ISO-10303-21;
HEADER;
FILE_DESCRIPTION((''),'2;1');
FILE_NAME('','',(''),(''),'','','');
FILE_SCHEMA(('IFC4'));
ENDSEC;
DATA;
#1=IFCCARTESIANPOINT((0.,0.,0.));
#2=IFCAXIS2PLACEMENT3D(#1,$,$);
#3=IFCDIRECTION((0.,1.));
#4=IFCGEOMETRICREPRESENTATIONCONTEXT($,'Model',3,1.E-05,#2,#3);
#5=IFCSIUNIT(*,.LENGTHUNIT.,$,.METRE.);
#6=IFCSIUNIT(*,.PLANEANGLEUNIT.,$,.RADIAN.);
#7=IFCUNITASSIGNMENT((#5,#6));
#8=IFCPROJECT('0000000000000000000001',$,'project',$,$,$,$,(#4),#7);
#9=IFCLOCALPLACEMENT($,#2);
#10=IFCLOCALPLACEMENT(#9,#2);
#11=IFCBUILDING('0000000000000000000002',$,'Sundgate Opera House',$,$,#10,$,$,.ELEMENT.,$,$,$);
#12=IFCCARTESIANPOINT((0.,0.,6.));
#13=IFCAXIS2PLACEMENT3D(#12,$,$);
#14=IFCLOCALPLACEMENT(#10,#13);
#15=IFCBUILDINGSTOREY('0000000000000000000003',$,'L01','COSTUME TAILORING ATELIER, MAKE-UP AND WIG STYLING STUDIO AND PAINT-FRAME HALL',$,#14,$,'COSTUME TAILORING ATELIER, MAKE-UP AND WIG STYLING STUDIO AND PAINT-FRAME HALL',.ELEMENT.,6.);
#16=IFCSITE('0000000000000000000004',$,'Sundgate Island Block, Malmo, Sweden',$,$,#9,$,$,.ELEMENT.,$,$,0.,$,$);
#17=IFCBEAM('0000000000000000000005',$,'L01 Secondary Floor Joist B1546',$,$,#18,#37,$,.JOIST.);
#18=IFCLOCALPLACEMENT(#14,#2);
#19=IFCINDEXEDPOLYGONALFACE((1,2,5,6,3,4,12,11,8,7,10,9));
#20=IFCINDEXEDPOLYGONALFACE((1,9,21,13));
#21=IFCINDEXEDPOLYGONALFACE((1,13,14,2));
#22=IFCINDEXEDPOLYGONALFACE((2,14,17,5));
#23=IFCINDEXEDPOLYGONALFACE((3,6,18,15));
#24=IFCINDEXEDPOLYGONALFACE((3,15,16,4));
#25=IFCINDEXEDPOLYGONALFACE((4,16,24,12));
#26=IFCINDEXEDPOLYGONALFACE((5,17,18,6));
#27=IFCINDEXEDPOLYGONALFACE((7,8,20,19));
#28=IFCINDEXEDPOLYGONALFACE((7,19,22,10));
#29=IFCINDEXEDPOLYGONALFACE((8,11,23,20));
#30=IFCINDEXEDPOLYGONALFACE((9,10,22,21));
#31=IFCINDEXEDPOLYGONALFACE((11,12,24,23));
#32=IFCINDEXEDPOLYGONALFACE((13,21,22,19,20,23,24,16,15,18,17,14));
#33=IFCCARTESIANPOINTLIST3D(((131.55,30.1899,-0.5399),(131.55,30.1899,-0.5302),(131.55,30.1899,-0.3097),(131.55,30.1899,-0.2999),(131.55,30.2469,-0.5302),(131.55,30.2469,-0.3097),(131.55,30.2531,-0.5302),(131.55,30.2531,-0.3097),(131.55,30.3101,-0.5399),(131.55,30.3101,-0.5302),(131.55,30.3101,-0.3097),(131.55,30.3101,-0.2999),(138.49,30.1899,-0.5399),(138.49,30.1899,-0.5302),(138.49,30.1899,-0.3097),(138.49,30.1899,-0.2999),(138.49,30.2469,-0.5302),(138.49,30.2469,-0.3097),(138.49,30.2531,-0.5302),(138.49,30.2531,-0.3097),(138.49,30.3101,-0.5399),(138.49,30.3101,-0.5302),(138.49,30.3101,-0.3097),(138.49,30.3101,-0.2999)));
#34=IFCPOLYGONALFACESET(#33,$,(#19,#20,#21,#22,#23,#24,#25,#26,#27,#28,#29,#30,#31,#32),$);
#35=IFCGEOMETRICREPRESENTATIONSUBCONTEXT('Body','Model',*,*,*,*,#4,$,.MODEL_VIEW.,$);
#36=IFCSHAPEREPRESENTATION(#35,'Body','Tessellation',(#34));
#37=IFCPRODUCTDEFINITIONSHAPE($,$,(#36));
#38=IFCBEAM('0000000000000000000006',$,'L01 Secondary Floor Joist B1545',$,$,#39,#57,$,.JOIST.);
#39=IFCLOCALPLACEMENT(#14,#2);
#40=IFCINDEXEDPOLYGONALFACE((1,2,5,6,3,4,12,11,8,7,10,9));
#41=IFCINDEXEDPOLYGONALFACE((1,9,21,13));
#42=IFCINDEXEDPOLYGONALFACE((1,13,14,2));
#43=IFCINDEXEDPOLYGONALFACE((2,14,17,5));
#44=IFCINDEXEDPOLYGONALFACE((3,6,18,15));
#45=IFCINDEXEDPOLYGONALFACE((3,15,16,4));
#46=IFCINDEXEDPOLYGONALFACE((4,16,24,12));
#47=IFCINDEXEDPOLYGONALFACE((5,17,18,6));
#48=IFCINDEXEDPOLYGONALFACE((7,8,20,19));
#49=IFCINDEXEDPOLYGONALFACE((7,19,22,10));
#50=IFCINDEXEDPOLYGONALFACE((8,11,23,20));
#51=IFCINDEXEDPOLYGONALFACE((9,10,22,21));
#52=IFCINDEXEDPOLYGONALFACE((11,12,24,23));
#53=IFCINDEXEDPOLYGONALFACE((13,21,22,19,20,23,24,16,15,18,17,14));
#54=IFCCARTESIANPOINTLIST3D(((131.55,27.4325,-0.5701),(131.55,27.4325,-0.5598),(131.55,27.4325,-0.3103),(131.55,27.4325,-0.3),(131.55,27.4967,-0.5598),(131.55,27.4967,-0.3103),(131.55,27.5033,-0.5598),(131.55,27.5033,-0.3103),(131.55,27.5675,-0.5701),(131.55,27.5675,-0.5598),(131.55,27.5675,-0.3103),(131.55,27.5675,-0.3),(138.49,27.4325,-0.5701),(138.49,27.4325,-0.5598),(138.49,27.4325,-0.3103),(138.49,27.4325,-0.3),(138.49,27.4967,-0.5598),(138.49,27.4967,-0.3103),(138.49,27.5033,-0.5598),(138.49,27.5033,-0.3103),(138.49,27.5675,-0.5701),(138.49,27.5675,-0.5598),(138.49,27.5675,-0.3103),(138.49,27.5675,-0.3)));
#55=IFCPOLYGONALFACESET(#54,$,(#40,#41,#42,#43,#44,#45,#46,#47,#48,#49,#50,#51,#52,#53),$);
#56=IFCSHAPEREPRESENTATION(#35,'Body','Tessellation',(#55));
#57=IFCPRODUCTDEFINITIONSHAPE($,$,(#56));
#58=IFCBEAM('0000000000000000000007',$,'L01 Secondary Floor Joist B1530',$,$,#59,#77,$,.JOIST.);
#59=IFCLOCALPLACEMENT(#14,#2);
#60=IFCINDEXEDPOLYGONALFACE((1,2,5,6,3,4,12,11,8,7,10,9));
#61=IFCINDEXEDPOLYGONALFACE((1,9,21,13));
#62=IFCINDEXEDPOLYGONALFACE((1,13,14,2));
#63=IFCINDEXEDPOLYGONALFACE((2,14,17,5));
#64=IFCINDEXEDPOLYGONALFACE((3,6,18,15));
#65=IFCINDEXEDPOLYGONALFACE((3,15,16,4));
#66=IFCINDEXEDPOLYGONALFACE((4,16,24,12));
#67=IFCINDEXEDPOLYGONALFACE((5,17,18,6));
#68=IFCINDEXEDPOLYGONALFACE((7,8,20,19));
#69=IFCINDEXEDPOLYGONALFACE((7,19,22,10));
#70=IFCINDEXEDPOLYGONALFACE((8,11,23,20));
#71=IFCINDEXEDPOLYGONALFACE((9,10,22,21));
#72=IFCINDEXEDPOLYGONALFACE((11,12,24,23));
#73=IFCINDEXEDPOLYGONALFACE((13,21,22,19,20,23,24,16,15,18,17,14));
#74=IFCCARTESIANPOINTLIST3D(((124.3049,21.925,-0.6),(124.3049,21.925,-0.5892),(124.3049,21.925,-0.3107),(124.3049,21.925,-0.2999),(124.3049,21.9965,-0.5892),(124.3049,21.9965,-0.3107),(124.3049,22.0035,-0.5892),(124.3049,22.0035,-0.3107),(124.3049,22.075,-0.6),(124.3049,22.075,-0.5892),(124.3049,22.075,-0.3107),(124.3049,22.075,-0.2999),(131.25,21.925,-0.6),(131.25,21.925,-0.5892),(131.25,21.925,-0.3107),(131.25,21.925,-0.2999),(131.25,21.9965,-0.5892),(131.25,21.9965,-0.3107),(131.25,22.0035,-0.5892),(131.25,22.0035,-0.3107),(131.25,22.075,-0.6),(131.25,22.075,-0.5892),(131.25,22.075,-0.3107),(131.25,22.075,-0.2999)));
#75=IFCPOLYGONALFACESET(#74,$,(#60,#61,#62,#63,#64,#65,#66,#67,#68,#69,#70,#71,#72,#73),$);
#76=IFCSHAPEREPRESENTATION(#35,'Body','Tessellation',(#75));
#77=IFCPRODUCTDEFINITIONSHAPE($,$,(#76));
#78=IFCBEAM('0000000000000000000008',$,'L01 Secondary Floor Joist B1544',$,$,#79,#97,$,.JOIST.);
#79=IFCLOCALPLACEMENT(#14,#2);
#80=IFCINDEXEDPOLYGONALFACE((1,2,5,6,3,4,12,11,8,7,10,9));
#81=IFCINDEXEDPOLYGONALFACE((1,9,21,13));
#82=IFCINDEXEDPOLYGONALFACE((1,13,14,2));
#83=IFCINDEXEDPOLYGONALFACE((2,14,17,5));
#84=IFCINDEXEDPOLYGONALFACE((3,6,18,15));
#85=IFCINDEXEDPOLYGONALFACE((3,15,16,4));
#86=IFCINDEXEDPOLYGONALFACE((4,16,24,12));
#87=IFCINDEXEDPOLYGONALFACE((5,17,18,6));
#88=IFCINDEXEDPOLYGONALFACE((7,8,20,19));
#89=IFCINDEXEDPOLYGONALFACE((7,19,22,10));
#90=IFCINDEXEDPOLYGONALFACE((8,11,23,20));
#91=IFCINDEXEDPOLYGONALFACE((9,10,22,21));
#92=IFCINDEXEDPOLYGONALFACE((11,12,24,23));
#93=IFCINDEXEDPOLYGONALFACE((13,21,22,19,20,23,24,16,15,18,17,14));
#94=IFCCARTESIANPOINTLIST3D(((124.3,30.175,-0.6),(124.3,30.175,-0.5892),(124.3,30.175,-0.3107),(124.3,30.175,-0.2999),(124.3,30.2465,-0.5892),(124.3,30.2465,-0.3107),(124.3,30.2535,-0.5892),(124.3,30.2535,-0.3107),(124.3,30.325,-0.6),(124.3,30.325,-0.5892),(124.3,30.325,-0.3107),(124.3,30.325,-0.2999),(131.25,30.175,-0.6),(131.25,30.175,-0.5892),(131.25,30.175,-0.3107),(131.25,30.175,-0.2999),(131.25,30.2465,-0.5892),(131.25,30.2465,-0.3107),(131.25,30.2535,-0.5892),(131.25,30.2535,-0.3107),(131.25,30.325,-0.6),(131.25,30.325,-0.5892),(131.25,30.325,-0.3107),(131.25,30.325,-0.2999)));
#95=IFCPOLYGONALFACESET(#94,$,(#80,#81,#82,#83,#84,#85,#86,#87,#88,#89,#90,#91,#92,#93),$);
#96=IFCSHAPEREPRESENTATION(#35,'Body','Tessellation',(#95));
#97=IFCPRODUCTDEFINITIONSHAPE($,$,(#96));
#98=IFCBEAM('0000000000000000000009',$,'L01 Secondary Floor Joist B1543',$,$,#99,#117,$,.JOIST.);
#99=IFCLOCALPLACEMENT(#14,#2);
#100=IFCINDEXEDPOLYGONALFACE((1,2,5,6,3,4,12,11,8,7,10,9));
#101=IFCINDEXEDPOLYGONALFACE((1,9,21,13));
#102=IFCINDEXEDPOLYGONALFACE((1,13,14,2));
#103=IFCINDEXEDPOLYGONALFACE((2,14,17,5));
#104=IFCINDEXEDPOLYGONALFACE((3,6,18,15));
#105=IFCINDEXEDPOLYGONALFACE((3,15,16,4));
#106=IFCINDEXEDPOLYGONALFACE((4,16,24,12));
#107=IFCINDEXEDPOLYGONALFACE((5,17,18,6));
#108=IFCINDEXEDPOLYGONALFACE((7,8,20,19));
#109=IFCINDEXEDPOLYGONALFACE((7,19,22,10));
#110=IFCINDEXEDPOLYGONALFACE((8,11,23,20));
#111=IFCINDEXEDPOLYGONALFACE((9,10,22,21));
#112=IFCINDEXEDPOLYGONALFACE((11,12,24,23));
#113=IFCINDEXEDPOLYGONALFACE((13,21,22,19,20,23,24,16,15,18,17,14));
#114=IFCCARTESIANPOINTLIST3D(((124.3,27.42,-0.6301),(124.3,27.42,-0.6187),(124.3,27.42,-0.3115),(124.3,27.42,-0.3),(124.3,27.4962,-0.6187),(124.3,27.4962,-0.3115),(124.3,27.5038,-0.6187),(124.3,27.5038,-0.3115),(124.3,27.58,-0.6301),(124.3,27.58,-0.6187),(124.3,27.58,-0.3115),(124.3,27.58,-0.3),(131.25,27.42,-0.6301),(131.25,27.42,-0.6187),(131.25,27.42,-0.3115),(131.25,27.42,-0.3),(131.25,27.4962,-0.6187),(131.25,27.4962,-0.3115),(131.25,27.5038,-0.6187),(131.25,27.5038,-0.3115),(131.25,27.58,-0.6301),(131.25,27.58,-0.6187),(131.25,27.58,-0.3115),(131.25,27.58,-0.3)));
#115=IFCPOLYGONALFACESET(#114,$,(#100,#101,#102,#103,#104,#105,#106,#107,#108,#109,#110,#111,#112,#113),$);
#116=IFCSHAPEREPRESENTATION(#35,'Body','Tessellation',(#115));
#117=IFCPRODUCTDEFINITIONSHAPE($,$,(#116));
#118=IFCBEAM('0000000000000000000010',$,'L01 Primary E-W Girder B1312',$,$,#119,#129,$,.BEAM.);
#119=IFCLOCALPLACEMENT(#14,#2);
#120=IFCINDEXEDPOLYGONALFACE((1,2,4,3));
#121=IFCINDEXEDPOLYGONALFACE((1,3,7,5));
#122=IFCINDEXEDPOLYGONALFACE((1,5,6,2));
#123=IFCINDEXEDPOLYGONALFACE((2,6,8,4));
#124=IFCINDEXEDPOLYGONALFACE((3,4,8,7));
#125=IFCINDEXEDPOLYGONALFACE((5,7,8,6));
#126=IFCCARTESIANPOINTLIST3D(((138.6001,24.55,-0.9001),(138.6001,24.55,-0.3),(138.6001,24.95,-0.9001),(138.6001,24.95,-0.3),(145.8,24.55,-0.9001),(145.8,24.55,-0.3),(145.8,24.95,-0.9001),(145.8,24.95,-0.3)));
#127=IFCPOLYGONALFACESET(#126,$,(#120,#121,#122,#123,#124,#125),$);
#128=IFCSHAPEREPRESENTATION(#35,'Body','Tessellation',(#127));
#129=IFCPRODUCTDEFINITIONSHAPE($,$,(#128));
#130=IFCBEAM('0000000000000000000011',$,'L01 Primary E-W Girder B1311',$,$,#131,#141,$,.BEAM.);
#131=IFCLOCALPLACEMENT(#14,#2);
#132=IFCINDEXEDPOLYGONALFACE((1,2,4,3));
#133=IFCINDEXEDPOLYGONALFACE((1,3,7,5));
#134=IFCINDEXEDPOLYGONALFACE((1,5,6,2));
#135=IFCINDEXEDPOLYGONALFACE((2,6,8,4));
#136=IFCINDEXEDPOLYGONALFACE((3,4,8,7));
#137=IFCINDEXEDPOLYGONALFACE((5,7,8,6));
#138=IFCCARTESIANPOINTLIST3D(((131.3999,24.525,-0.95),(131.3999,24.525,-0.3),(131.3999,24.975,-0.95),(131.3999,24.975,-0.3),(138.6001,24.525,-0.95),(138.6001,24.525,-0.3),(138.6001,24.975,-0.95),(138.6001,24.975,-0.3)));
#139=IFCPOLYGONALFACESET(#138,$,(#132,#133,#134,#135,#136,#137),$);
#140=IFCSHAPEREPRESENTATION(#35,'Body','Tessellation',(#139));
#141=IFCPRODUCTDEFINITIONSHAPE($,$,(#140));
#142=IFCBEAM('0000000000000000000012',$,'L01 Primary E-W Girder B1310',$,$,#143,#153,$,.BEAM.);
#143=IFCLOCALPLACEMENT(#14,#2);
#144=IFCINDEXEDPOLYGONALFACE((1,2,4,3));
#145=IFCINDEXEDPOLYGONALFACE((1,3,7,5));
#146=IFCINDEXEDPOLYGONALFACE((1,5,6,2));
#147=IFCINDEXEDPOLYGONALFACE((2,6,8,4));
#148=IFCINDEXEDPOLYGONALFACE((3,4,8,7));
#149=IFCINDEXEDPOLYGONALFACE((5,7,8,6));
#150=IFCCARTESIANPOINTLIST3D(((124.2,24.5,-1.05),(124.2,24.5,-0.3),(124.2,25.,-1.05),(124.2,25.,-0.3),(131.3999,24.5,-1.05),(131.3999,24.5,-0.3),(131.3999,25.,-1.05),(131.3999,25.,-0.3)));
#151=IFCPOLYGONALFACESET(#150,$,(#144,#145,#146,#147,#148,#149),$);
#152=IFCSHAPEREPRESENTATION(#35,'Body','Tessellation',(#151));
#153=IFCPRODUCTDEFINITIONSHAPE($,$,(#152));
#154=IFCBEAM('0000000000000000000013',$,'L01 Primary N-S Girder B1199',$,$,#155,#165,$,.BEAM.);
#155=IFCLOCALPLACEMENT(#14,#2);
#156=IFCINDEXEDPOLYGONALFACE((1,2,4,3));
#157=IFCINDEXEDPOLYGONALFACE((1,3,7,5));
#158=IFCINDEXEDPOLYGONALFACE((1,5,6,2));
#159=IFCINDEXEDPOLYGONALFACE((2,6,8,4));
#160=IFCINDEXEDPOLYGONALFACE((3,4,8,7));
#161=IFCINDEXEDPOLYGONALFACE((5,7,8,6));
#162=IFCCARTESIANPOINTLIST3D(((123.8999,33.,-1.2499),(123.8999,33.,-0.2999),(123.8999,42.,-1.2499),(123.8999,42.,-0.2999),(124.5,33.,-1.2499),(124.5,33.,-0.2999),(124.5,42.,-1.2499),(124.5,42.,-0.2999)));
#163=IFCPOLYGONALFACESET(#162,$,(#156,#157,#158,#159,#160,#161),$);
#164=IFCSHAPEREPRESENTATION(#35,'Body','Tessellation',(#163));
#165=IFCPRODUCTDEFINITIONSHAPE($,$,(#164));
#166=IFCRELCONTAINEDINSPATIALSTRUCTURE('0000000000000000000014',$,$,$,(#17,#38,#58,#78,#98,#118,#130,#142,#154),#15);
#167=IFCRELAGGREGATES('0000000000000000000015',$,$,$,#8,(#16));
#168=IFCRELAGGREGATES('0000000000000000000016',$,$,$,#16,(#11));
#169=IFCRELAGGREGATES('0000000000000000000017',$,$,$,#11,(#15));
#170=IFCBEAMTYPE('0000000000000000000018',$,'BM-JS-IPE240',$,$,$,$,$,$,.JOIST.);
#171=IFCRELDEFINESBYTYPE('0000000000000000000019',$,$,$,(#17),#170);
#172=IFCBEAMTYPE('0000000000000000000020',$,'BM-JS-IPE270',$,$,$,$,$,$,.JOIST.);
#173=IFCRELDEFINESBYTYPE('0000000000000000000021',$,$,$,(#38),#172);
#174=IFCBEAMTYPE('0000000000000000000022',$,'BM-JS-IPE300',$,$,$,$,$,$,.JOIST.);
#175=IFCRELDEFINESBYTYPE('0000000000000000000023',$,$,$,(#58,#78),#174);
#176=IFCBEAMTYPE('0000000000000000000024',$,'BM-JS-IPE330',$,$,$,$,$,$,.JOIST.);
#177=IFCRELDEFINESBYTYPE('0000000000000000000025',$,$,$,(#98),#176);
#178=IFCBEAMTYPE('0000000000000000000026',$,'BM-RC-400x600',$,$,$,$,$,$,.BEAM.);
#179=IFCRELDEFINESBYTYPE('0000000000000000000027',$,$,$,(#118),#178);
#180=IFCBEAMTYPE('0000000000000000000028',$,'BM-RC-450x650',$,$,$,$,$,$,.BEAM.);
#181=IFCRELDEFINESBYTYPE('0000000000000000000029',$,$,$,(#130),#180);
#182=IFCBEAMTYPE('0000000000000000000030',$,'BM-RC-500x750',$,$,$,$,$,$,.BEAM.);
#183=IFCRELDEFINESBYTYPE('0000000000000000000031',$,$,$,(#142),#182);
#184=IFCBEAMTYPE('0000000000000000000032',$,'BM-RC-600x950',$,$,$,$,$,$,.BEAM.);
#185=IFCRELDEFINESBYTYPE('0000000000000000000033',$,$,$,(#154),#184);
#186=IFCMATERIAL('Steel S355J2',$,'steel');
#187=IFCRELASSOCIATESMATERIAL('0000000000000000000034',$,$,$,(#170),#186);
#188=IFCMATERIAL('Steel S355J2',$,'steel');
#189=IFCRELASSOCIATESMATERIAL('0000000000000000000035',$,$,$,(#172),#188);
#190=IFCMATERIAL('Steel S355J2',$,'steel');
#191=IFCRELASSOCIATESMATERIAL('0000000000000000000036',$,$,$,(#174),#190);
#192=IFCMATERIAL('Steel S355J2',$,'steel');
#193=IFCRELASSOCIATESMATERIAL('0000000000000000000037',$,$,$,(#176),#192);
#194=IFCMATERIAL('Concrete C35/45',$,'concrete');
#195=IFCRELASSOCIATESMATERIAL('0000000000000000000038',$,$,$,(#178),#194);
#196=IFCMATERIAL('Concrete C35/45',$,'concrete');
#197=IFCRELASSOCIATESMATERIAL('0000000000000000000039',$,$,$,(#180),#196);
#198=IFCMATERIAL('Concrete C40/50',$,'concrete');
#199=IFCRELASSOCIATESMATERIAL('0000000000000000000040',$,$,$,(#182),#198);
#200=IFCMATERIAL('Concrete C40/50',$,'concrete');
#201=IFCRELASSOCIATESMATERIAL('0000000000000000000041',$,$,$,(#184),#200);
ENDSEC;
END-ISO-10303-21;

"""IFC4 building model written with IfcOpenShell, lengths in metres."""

from ifc_helpers import new_model, si_unit, direction, frame, origin, origin_2d, place, context, subcontext, project, spatial, rectangle, i_section, extrude, material, material_profile, profile_set, type_object, element, save


model = new_model("IFC4")

# Units and contexts
model_context = context("Model", 3, precision=1e-05, world=origin(), true_north=direction((0.0, 1.0)))
body_context = subcontext(model_context, "Body", "Model", "MODEL_VIEW")
ifc_project = project(units=[si_unit("LENGTHUNIT", "METRE"), si_unit("PLANEANGLEUNIT", "RADIAN")], contexts=[model_context])

# Site, building, storey
site_placement = place(None, origin())
site = spatial("IfcSite", under=ifc_project, at=site_placement, Name="Sundgate Island Block, Malmo, Sweden", CompositionType="ELEMENT", RefElevation=0.0)
building_placement = place(site_placement, origin())
building = spatial("IfcBuilding", under=site, at=building_placement, Name="Sundgate Opera House", CompositionType="ELEMENT")
storey_placement = place(building_placement, frame((0.0, 0.0, 6.0)))
storey = spatial("IfcBuildingStorey", under=building, at=storey_placement, Name="L01", Description="COSTUME TAILORING ATELIER, MAKE-UP AND WIG STYLING STUDIO AND PAINT-FRAME HALL", LongName="COSTUME TAILORING ATELIER, MAKE-UP AND WIG STYLING STUDIO AND PAINT-FRAME HALL", CompositionType="ELEMENT", Elevation=6.0)

# Beams
ifc_material_1 = material(Name="Steel S355J2", Category="steel")
ifc_material_profile_1 = material_profile(ifc_material_1, i_section(OverallWidth=0.1201, OverallDepth=0.24, WebThickness=0.0061, FlangeThickness=0.0098, at=origin_2d()), Name="IPE 240")
ifc_profile_set_1 = profile_set([ifc_material_profile_1], Name="Steel S355J2")
beam_type_1 = type_object("IfcBeamType", Name="BM-JS-IPE240", PredefinedType="JOIST", material=ifc_profile_set_1)
beam_1_placement = place(storey_placement, frame((131.55, 30.25, -0.4199), z_axis=(1.0, 0.0, 0.0), x_axis=(0.0, 1.0, 0.0)))
element("IfcBeam", 1, at=beam_1_placement, inside=storey, type_object=beam_type_1, Name="L01 Secondary Floor Joist B1546", PredefinedType="JOIST", context=body_context, shape_type="SweptSolid", body=[
    extrude(i_section(OverallWidth=0.1201, OverallDepth=0.24, WebThickness=0.0061, FlangeThickness=0.0098, at=origin_2d()), origin(), (0.0, 0.0, 1.0), 6.9399),
])
ifc_material_2 = material(Name="Steel S355J2", Category="steel")
ifc_material_profile_2 = material_profile(ifc_material_2, i_section(OverallWidth=0.135, OverallDepth=0.27, WebThickness=0.0066, FlangeThickness=0.0103, at=origin_2d()), Name="IPE 270")
ifc_profile_set_2 = profile_set([ifc_material_profile_2], Name="Steel S355J2")
beam_type_2 = type_object("IfcBeamType", Name="BM-JS-IPE270", PredefinedType="JOIST", material=ifc_profile_set_2)
beam_2_placement = place(storey_placement, frame((131.55, 27.5, -0.4351), z_axis=(1.0, 0.0, 0.0), x_axis=(0.0, 1.0, 0.0)))
element("IfcBeam", 2, at=beam_2_placement, inside=storey, type_object=beam_type_2, Name="L01 Secondary Floor Joist B1545", PredefinedType="JOIST", context=body_context, shape_type="SweptSolid", body=[
    extrude(i_section(OverallWidth=0.135, OverallDepth=0.27, WebThickness=0.0066, FlangeThickness=0.0103, at=origin_2d()), origin(), (0.0, 0.0, 1.0), 6.9399),
])
ifc_material_3 = material(Name="Steel S355J2", Category="steel")
ifc_material_profile_3 = material_profile(ifc_material_3, i_section(OverallWidth=0.1499, OverallDepth=0.3, WebThickness=0.0071, FlangeThickness=0.0107, at=origin_2d()), Name="IPE 300")
ifc_profile_set_3 = profile_set([ifc_material_profile_3], Name="Steel S355J2")
beam_type_3 = type_object("IfcBeamType", Name="BM-JS-IPE300", PredefinedType="JOIST", material=ifc_profile_set_3)
beam_3_placement = place(storey_placement, frame((124.3049, 22.0, -0.45), z_axis=(1.0, 0.0, 0.0), x_axis=(0.0, 1.0, 0.0)))
element("IfcBeam", 3, at=beam_3_placement, inside=storey, type_object=beam_type_3, Name="L01 Secondary Floor Joist B1530", PredefinedType="JOIST", context=body_context, shape_type="SweptSolid", body=[
    extrude(i_section(OverallWidth=0.1499, OverallDepth=0.3, WebThickness=0.0071, FlangeThickness=0.0107, at=origin_2d()), origin(), (0.0, 0.0, 1.0), 6.9451),
])
beam_4_placement = place(storey_placement, frame((124.3, 30.25, -0.45), z_axis=(1.0, 0.0, 0.0), x_axis=(0.0, 1.0, 0.0)))
element("IfcBeam", 4, at=beam_4_placement, inside=storey, type_object=beam_type_3, Name="L01 Secondary Floor Joist B1544", PredefinedType="JOIST", context=body_context, shape_type="SweptSolid", body=[
    extrude(i_section(OverallWidth=0.1499, OverallDepth=0.3, WebThickness=0.0071, FlangeThickness=0.0107, at=origin_2d()), origin(), (0.0, 0.0, 1.0), 6.95),
])
ifc_material_4 = material(Name="Steel S355J2", Category="steel")
ifc_material_profile_4 = material_profile(ifc_material_4, i_section(OverallWidth=0.1599, OverallDepth=0.3301, WebThickness=0.0076, FlangeThickness=0.0115, at=origin_2d()), Name="IPE 330")
ifc_profile_set_4 = profile_set([ifc_material_profile_4], Name="Steel S355J2")
beam_type_4 = type_object("IfcBeamType", Name="BM-JS-IPE330", PredefinedType="JOIST", material=ifc_profile_set_4)
beam_5_placement = place(storey_placement, frame((124.3, 27.5, -0.4651), z_axis=(1.0, 0.0, 0.0), x_axis=(0.0, 1.0, 0.0)))
element("IfcBeam", 5, at=beam_5_placement, inside=storey, type_object=beam_type_4, Name="L01 Secondary Floor Joist B1543", PredefinedType="JOIST", context=body_context, shape_type="SweptSolid", body=[
    extrude(i_section(OverallWidth=0.1599, OverallDepth=0.3301, WebThickness=0.0076, FlangeThickness=0.0115, at=origin_2d()), origin(), (0.0, 0.0, 1.0), 6.95),
])
ifc_material_5 = material(Name="Concrete C35/45", Category="concrete")
ifc_material_profile_5 = material_profile(ifc_material_5, rectangle(XDim=0.3999, YDim=0.6001, at=origin_2d()), Name="RC 400x600")
ifc_profile_set_5 = profile_set([ifc_material_profile_5], Name="Concrete C35/45")
beam_type_5 = type_object("IfcBeamType", Name="BM-RC-400x600", PredefinedType="BEAM", material=ifc_profile_set_5)
beam_6_placement = place(storey_placement, frame((138.6001, 24.75, -0.6001), z_axis=(1.0, 0.0, 0.0), x_axis=(0.0, 1.0, 0.0)))
element("IfcBeam", 6, at=beam_6_placement, inside=storey, type_object=beam_type_5, Name="L01 Primary E-W Girder B1312", PredefinedType="BEAM", context=body_context, shape_type="SweptSolid", body=[
    extrude(rectangle(XDim=0.3999, YDim=0.6001, at=origin_2d()), origin(), (0.0, 0.0, 1.0), 7.2),
])
ifc_material_6 = material(Name="Concrete C35/45", Category="concrete")
ifc_material_profile_6 = material_profile(ifc_material_6, rectangle(XDim=0.45, YDim=0.6499, at=origin_2d()), Name="RC 450x650")
ifc_profile_set_6 = profile_set([ifc_material_profile_6], Name="Concrete C35/45")
beam_type_6 = type_object("IfcBeamType", Name="BM-RC-450x650", PredefinedType="BEAM", material=ifc_profile_set_6)
beam_7_placement = place(storey_placement, frame((131.3999, 24.75, -0.625), z_axis=(1.0, 0.0, 0.0), x_axis=(0.0, 1.0, 0.0)))
element("IfcBeam", 7, at=beam_7_placement, inside=storey, type_object=beam_type_6, Name="L01 Primary E-W Girder B1311", PredefinedType="BEAM", context=body_context, shape_type="SweptSolid", body=[
    extrude(rectangle(XDim=0.45, YDim=0.6499, at=origin_2d()), origin(), (0.0, 0.0, 1.0), 7.2002),
])
ifc_material_7 = material(Name="Concrete C40/50", Category="concrete")
ifc_material_profile_7 = material_profile(ifc_material_7, rectangle(XDim=0.5, YDim=0.75, at=origin_2d()), Name="RC 500x750")
ifc_profile_set_7 = profile_set([ifc_material_profile_7], Name="Concrete C40/50")
beam_type_7 = type_object("IfcBeamType", Name="BM-RC-500x750", PredefinedType="BEAM", material=ifc_profile_set_7)
beam_8_placement = place(storey_placement, frame((124.2, 24.75, -0.675), z_axis=(1.0, 0.0, 0.0), x_axis=(0.0, 1.0, 0.0)))
element("IfcBeam", 8, at=beam_8_placement, inside=storey, type_object=beam_type_7, Name="L01 Primary E-W Girder B1310", PredefinedType="BEAM", context=body_context, shape_type="SweptSolid", body=[
    extrude(rectangle(XDim=0.5, YDim=0.75, at=origin_2d()), origin(), (0.0, 0.0, 1.0), 7.2),
])
ifc_material_8 = material(Name="Concrete C40/50", Category="concrete")
ifc_material_profile_8 = material_profile(ifc_material_8, rectangle(XDim=0.6001, YDim=0.95, at=origin_2d()), Name="RC 600x950")
ifc_profile_set_8 = profile_set([ifc_material_profile_8], Name="Concrete C40/50")
beam_type_8 = type_object("IfcBeamType", Name="BM-RC-600x950", PredefinedType="BEAM", material=ifc_profile_set_8)
beam_9_placement = place(storey_placement, frame((124.2, 33.0, -0.7749), z_axis=(0.0, 1.0, 0.0), x_axis=(-1.0, 0.0, 0.0)))
element("IfcBeam", 9, at=beam_9_placement, inside=storey, type_object=beam_type_8, Name="L01 Primary N-S Girder B1199", PredefinedType="BEAM", context=body_context, shape_type="SweptSolid", body=[
    extrude(rectangle(XDim=0.6001, YDim=0.95, at=origin_2d()), origin(), (0.0, 0.0, 1.0), 9.0),
])

save(model, "model.ifc")
